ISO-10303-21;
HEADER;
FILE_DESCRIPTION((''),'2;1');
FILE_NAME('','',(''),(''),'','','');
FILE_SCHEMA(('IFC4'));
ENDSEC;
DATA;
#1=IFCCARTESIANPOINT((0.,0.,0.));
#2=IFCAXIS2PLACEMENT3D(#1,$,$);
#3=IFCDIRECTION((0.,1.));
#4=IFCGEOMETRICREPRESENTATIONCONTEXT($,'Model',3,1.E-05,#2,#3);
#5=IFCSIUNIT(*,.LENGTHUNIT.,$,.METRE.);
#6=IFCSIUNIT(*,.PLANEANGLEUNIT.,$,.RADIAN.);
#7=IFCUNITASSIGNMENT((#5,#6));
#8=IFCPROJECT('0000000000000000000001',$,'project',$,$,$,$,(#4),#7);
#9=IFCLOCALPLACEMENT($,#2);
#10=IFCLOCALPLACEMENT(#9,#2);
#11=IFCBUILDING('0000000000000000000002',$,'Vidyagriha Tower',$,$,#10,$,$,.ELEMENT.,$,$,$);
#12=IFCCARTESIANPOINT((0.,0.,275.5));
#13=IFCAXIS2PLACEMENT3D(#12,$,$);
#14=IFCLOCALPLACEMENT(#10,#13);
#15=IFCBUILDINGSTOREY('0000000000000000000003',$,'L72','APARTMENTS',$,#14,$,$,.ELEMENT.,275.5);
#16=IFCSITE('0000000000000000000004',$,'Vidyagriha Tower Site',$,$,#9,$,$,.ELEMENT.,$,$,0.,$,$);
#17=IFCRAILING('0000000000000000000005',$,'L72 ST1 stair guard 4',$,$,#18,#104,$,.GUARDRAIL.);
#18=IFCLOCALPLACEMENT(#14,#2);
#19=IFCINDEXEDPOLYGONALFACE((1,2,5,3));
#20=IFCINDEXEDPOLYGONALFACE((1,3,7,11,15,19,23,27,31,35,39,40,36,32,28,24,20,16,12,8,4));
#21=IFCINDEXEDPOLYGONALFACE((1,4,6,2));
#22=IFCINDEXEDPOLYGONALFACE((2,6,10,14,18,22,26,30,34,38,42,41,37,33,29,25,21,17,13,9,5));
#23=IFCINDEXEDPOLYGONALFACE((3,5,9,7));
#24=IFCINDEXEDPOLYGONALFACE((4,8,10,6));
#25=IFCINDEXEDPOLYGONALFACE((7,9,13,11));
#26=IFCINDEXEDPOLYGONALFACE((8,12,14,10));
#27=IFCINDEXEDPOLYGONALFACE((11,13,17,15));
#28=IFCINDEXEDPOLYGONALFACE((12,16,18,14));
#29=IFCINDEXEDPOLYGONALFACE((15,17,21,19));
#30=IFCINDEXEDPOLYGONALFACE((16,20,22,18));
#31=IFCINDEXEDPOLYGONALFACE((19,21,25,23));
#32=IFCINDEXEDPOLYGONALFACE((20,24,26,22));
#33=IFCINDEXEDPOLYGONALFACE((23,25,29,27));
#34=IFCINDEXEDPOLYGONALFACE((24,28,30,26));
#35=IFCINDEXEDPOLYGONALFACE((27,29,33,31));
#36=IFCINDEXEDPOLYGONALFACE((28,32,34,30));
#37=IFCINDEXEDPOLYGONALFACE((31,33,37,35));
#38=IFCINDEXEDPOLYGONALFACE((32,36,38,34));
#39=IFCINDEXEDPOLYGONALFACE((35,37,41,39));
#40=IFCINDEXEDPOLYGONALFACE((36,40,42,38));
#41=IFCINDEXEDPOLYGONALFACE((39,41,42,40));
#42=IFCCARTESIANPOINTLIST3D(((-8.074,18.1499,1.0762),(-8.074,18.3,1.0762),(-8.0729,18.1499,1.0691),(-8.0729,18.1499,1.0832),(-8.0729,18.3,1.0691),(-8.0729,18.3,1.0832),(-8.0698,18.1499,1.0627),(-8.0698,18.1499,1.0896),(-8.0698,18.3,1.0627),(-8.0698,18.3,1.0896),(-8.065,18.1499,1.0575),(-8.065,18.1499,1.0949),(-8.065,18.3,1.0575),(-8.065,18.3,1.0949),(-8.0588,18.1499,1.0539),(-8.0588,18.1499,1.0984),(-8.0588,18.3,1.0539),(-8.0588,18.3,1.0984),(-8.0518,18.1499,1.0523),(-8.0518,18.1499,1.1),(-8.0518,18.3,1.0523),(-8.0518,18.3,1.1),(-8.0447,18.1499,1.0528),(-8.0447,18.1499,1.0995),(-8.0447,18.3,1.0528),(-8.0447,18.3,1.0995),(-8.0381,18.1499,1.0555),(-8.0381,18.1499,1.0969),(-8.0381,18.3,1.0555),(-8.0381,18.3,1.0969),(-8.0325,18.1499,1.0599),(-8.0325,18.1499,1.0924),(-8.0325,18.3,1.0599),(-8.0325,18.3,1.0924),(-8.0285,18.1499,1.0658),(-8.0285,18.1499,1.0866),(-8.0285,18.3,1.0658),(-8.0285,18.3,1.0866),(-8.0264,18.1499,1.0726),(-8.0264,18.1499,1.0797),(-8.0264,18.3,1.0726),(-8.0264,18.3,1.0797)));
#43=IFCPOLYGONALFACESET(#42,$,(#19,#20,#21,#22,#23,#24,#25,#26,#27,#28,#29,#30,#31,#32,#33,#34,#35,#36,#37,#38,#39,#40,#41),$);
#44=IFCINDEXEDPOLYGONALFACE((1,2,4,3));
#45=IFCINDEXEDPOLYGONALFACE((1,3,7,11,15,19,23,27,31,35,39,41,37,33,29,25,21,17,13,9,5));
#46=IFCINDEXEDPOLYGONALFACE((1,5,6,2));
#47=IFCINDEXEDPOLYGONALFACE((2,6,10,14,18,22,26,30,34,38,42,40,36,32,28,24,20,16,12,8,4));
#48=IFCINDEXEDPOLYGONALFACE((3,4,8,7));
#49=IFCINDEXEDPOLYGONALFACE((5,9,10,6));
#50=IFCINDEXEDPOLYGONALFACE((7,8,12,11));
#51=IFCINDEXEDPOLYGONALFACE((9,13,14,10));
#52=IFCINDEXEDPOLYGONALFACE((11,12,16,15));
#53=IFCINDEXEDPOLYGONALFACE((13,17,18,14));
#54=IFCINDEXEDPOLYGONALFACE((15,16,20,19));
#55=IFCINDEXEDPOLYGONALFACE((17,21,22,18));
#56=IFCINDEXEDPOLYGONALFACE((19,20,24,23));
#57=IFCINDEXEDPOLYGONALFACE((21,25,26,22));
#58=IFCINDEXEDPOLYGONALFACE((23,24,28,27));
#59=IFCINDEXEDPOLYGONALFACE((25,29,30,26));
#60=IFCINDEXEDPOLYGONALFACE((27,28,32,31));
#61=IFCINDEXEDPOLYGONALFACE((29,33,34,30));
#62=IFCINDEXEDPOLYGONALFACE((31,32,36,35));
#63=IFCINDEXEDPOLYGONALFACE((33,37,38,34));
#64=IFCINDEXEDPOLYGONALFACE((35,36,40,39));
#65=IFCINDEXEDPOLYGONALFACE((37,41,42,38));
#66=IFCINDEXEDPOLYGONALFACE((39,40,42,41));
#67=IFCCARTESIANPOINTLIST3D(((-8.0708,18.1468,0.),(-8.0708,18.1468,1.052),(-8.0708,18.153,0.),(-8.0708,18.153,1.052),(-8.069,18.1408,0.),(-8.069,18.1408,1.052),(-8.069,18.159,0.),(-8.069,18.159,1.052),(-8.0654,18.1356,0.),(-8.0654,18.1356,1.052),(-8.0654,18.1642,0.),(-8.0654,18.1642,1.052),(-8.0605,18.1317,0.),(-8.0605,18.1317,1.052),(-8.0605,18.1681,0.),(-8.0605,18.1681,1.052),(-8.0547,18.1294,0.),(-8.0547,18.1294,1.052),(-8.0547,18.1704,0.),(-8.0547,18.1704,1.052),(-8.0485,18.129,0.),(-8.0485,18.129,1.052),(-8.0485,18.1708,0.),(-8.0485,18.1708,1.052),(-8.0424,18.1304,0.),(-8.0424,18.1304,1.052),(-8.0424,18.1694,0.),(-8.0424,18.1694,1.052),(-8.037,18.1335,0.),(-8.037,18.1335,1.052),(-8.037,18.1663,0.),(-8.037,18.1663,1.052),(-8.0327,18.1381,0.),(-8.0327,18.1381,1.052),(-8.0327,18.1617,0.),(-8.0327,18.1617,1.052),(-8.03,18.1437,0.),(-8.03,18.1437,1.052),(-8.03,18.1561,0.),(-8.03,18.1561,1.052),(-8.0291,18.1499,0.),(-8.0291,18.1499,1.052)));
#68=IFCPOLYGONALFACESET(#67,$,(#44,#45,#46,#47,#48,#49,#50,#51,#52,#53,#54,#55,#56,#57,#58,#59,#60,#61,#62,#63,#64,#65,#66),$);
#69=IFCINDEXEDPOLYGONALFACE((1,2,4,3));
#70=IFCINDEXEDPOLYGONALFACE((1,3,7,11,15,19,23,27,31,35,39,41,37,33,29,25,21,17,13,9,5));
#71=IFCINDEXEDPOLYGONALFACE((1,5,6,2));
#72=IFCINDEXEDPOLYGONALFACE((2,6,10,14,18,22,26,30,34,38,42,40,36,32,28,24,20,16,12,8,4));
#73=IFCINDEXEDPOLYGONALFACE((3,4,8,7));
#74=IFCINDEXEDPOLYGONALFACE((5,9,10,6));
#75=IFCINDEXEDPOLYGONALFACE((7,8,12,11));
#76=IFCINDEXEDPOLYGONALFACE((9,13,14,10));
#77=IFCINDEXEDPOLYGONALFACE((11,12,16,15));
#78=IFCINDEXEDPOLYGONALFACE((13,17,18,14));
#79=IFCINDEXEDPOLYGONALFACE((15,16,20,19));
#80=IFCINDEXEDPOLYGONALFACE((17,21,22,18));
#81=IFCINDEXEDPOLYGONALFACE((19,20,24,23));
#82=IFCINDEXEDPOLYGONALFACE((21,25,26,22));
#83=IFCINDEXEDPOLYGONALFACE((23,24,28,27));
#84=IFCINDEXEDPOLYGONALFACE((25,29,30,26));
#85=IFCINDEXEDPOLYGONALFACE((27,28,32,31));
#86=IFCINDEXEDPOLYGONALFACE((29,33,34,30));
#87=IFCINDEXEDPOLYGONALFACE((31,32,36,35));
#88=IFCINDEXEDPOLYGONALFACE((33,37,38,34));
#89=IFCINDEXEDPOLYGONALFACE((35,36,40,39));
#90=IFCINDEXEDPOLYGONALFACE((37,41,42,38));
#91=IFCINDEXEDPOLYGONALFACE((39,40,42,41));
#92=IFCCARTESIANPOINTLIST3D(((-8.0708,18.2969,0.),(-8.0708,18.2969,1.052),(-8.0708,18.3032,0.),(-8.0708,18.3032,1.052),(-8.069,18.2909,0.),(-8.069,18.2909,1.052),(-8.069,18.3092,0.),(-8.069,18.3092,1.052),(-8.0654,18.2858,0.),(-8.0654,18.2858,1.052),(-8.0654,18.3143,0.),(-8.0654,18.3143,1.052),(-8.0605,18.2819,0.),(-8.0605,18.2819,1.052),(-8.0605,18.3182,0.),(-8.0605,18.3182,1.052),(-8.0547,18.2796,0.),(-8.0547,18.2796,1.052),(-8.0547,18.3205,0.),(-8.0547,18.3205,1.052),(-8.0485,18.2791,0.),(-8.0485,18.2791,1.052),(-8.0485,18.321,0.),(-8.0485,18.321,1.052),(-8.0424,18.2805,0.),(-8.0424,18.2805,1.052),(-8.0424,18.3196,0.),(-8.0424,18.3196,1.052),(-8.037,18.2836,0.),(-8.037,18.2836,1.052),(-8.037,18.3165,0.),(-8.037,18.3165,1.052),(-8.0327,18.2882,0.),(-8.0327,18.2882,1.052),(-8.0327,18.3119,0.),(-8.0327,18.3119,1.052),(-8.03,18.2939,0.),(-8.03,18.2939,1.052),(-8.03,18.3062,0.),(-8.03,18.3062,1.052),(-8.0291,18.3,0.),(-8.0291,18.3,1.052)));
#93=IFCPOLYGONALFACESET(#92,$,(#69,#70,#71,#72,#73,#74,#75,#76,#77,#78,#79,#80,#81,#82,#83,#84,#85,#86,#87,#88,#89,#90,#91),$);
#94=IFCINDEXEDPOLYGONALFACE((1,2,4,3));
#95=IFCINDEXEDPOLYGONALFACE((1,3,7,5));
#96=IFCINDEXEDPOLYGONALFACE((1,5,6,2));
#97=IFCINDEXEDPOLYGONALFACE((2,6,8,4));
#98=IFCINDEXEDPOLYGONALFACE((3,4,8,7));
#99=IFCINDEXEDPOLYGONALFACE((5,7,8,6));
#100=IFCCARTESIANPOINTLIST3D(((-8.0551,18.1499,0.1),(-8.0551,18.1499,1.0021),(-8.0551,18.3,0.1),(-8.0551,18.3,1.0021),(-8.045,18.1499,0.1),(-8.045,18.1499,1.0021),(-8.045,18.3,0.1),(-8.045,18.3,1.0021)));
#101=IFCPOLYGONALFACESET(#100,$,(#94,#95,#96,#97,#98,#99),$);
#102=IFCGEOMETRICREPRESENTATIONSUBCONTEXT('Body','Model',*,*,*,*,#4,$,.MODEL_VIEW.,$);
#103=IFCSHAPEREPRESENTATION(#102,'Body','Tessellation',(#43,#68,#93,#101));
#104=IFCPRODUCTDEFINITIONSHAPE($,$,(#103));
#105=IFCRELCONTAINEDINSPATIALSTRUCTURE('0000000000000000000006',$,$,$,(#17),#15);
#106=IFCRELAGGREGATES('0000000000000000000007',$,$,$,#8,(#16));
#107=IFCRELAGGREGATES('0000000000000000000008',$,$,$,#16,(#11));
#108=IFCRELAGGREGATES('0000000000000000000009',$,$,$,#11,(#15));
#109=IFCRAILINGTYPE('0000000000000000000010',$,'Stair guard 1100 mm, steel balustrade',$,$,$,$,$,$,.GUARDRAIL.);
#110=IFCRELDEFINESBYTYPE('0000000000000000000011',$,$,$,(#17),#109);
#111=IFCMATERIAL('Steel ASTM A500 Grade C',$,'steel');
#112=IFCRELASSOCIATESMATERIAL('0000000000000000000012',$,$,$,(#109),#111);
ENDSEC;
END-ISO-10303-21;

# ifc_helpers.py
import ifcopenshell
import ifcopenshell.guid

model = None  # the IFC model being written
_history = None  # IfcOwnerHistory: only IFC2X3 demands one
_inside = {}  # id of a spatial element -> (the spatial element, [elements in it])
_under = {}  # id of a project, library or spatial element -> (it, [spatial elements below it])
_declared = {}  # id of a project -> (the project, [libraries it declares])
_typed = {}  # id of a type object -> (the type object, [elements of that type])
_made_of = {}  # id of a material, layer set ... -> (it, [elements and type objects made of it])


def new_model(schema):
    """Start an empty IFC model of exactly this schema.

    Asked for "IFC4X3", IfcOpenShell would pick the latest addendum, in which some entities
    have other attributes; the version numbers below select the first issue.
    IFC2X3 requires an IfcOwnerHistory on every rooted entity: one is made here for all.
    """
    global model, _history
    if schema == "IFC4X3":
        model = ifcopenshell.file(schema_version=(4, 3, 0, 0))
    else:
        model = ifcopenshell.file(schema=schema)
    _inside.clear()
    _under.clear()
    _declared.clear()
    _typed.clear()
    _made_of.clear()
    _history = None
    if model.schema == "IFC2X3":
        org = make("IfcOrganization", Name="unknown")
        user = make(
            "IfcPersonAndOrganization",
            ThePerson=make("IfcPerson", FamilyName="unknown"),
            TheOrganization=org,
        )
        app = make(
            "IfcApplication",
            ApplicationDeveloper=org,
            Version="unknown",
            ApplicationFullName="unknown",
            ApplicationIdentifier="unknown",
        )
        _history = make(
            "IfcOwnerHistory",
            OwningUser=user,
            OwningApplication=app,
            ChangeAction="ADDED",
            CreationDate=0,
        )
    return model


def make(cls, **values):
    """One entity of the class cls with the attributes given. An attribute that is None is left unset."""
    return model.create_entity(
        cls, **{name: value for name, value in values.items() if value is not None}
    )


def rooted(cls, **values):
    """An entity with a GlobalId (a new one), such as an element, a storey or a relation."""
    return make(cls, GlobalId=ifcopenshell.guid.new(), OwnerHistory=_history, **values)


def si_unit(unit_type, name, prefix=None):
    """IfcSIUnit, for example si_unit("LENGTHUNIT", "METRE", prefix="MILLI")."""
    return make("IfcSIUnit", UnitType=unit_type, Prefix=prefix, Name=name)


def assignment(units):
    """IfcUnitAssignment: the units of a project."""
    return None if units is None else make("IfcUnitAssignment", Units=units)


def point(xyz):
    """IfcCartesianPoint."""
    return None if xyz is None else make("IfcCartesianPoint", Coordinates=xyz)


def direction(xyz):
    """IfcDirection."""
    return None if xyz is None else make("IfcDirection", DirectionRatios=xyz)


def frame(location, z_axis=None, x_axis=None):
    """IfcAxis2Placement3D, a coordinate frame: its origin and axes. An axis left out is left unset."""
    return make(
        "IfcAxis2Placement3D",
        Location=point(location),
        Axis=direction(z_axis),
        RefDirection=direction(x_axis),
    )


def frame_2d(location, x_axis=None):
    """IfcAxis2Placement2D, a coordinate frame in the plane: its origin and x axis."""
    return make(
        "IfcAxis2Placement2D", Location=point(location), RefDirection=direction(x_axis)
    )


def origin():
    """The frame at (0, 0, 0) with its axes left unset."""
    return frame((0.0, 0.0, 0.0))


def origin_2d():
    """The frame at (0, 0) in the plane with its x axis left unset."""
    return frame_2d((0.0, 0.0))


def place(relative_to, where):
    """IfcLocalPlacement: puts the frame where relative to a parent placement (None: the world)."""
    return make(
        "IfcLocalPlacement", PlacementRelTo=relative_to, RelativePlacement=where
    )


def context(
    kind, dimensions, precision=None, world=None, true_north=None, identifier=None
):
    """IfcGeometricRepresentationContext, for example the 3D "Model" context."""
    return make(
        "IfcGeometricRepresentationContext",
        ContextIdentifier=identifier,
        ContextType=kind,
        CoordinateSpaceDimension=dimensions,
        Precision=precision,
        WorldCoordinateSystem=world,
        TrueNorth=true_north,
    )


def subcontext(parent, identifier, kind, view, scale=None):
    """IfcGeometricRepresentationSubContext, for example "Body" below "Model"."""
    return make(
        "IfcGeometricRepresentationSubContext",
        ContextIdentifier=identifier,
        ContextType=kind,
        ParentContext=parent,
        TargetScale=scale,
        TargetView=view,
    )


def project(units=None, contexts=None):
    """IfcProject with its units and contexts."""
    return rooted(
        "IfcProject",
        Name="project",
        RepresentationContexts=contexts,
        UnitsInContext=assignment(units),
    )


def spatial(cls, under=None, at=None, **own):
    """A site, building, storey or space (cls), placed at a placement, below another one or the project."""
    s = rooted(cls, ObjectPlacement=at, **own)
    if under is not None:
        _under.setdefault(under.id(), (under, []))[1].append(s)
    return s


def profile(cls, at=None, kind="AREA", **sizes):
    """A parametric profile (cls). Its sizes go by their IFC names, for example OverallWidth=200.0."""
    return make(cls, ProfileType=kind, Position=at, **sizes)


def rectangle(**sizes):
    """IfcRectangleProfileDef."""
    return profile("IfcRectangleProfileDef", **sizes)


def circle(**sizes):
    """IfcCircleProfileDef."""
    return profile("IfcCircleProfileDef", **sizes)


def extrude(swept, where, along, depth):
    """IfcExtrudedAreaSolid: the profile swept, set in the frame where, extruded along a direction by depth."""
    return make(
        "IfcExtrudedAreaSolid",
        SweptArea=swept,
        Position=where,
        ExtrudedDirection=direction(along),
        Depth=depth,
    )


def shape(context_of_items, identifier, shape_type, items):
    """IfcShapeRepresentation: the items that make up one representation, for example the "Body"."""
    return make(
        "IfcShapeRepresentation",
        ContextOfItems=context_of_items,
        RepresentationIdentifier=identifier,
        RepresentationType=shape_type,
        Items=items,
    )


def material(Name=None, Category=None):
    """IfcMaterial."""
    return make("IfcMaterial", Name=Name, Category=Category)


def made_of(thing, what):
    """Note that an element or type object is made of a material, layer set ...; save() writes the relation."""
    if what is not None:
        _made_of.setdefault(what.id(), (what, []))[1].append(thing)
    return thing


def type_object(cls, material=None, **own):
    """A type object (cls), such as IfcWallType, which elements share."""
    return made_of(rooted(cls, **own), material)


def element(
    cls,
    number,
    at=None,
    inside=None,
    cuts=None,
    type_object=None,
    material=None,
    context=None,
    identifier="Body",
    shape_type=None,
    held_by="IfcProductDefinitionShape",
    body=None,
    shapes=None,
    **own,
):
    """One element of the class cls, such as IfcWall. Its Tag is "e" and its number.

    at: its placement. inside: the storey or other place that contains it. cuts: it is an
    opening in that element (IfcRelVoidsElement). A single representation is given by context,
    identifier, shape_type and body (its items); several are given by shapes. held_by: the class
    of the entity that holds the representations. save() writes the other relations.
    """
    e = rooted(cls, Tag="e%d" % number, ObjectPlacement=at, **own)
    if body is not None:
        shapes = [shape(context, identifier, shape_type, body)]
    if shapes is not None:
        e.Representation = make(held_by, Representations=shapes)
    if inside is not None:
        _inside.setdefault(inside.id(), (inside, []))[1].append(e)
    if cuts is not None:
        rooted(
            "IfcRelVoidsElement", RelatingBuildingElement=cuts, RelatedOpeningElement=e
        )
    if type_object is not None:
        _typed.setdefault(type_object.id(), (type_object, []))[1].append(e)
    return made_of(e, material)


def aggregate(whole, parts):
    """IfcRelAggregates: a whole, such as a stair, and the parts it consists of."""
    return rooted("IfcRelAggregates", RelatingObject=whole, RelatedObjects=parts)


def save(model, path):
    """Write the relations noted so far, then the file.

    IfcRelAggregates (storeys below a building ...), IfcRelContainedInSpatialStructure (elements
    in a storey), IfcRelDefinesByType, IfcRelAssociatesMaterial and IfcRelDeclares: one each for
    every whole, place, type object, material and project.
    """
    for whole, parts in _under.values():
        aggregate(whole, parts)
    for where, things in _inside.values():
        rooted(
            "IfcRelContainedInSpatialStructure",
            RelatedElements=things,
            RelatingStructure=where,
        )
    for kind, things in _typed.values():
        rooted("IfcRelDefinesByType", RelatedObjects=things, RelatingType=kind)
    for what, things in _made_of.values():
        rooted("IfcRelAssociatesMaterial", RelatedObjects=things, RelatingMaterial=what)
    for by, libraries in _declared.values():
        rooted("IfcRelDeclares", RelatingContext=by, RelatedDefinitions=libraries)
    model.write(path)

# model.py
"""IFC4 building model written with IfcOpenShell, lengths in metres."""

from ifc_helpers import new_model, si_unit, direction, frame, origin, origin_2d, place, context, subcontext, project, spatial, rectangle, circle, extrude, material, type_object, element, save


model = new_model("IFC4")

# Units and contexts
model_context = context("Model", 3, precision=1e-05, world=origin(), true_north=direction((0.0, 1.0)))
body_context = subcontext(model_context, "Body", "Model", "MODEL_VIEW")
ifc_project = project(units=[si_unit("LENGTHUNIT", "METRE"), si_unit("PLANEANGLEUNIT", "RADIAN")], contexts=[model_context])

# Site, building, storey
site_placement = place(None, origin())
site = spatial("IfcSite", under=ifc_project, at=site_placement, Name="Vidyagriha Tower Site", CompositionType="ELEMENT", RefElevation=0.0)
building_placement = place(site_placement, origin())
building = spatial("IfcBuilding", under=site, at=building_placement, Name="Vidyagriha Tower", CompositionType="ELEMENT")
storey_placement = place(building_placement, frame((0.0, 0.0, 275.5)))
storey = spatial("IfcBuildingStorey", under=building, at=storey_placement, Name="L72", Description="APARTMENTS", CompositionType="ELEMENT", Elevation=275.5)

# Railing
ifc_material_1 = material(Name="Steel ASTM A500 Grade C", Category="steel")
railing_type_1 = type_object("IfcRailingType", Name="Stair guard 1100 mm, steel balustrade", PredefinedType="GUARDRAIL", material=ifc_material_1)
railing_1_placement = place(storey_placement, frame((-8.05, 18.1499, 0.0)))
element("IfcRailing", 1, at=railing_1_placement, inside=storey, type_object=railing_type_1, Name="L72 ST1 stair guard 4", PredefinedType="GUARDRAIL", context=body_context, shape_type="SweptSolid", body=[
    extrude(circle(Radius=0.0239, at=origin_2d()), frame((0.0, 0.0, 1.0762), z_axis=(0.0, 1.0, 0.0), x_axis=(-1.0, 0.0, 0.0)), (0.0, 0.0, 1.0), 0.1501),
    extrude(circle(Radius=0.021, at=origin_2d()), origin(), (0.0, 0.0, 1.0), 1.052),
    extrude(circle(Radius=0.021, at=origin_2d()), frame((0.0, 0.1501, 0.0)), (0.0, 0.0, 1.0), 1.052),
    extrude(rectangle(XDim=0.01, YDim=0.9021, at=origin_2d()), frame((0.0, 0.0, 0.551), z_axis=(0.0, 1.0, 0.0), x_axis=(-1.0, 0.0, 0.0)), (0.0, 0.0, 1.0), 0.1501),
])

save(model, "model.ifc")
